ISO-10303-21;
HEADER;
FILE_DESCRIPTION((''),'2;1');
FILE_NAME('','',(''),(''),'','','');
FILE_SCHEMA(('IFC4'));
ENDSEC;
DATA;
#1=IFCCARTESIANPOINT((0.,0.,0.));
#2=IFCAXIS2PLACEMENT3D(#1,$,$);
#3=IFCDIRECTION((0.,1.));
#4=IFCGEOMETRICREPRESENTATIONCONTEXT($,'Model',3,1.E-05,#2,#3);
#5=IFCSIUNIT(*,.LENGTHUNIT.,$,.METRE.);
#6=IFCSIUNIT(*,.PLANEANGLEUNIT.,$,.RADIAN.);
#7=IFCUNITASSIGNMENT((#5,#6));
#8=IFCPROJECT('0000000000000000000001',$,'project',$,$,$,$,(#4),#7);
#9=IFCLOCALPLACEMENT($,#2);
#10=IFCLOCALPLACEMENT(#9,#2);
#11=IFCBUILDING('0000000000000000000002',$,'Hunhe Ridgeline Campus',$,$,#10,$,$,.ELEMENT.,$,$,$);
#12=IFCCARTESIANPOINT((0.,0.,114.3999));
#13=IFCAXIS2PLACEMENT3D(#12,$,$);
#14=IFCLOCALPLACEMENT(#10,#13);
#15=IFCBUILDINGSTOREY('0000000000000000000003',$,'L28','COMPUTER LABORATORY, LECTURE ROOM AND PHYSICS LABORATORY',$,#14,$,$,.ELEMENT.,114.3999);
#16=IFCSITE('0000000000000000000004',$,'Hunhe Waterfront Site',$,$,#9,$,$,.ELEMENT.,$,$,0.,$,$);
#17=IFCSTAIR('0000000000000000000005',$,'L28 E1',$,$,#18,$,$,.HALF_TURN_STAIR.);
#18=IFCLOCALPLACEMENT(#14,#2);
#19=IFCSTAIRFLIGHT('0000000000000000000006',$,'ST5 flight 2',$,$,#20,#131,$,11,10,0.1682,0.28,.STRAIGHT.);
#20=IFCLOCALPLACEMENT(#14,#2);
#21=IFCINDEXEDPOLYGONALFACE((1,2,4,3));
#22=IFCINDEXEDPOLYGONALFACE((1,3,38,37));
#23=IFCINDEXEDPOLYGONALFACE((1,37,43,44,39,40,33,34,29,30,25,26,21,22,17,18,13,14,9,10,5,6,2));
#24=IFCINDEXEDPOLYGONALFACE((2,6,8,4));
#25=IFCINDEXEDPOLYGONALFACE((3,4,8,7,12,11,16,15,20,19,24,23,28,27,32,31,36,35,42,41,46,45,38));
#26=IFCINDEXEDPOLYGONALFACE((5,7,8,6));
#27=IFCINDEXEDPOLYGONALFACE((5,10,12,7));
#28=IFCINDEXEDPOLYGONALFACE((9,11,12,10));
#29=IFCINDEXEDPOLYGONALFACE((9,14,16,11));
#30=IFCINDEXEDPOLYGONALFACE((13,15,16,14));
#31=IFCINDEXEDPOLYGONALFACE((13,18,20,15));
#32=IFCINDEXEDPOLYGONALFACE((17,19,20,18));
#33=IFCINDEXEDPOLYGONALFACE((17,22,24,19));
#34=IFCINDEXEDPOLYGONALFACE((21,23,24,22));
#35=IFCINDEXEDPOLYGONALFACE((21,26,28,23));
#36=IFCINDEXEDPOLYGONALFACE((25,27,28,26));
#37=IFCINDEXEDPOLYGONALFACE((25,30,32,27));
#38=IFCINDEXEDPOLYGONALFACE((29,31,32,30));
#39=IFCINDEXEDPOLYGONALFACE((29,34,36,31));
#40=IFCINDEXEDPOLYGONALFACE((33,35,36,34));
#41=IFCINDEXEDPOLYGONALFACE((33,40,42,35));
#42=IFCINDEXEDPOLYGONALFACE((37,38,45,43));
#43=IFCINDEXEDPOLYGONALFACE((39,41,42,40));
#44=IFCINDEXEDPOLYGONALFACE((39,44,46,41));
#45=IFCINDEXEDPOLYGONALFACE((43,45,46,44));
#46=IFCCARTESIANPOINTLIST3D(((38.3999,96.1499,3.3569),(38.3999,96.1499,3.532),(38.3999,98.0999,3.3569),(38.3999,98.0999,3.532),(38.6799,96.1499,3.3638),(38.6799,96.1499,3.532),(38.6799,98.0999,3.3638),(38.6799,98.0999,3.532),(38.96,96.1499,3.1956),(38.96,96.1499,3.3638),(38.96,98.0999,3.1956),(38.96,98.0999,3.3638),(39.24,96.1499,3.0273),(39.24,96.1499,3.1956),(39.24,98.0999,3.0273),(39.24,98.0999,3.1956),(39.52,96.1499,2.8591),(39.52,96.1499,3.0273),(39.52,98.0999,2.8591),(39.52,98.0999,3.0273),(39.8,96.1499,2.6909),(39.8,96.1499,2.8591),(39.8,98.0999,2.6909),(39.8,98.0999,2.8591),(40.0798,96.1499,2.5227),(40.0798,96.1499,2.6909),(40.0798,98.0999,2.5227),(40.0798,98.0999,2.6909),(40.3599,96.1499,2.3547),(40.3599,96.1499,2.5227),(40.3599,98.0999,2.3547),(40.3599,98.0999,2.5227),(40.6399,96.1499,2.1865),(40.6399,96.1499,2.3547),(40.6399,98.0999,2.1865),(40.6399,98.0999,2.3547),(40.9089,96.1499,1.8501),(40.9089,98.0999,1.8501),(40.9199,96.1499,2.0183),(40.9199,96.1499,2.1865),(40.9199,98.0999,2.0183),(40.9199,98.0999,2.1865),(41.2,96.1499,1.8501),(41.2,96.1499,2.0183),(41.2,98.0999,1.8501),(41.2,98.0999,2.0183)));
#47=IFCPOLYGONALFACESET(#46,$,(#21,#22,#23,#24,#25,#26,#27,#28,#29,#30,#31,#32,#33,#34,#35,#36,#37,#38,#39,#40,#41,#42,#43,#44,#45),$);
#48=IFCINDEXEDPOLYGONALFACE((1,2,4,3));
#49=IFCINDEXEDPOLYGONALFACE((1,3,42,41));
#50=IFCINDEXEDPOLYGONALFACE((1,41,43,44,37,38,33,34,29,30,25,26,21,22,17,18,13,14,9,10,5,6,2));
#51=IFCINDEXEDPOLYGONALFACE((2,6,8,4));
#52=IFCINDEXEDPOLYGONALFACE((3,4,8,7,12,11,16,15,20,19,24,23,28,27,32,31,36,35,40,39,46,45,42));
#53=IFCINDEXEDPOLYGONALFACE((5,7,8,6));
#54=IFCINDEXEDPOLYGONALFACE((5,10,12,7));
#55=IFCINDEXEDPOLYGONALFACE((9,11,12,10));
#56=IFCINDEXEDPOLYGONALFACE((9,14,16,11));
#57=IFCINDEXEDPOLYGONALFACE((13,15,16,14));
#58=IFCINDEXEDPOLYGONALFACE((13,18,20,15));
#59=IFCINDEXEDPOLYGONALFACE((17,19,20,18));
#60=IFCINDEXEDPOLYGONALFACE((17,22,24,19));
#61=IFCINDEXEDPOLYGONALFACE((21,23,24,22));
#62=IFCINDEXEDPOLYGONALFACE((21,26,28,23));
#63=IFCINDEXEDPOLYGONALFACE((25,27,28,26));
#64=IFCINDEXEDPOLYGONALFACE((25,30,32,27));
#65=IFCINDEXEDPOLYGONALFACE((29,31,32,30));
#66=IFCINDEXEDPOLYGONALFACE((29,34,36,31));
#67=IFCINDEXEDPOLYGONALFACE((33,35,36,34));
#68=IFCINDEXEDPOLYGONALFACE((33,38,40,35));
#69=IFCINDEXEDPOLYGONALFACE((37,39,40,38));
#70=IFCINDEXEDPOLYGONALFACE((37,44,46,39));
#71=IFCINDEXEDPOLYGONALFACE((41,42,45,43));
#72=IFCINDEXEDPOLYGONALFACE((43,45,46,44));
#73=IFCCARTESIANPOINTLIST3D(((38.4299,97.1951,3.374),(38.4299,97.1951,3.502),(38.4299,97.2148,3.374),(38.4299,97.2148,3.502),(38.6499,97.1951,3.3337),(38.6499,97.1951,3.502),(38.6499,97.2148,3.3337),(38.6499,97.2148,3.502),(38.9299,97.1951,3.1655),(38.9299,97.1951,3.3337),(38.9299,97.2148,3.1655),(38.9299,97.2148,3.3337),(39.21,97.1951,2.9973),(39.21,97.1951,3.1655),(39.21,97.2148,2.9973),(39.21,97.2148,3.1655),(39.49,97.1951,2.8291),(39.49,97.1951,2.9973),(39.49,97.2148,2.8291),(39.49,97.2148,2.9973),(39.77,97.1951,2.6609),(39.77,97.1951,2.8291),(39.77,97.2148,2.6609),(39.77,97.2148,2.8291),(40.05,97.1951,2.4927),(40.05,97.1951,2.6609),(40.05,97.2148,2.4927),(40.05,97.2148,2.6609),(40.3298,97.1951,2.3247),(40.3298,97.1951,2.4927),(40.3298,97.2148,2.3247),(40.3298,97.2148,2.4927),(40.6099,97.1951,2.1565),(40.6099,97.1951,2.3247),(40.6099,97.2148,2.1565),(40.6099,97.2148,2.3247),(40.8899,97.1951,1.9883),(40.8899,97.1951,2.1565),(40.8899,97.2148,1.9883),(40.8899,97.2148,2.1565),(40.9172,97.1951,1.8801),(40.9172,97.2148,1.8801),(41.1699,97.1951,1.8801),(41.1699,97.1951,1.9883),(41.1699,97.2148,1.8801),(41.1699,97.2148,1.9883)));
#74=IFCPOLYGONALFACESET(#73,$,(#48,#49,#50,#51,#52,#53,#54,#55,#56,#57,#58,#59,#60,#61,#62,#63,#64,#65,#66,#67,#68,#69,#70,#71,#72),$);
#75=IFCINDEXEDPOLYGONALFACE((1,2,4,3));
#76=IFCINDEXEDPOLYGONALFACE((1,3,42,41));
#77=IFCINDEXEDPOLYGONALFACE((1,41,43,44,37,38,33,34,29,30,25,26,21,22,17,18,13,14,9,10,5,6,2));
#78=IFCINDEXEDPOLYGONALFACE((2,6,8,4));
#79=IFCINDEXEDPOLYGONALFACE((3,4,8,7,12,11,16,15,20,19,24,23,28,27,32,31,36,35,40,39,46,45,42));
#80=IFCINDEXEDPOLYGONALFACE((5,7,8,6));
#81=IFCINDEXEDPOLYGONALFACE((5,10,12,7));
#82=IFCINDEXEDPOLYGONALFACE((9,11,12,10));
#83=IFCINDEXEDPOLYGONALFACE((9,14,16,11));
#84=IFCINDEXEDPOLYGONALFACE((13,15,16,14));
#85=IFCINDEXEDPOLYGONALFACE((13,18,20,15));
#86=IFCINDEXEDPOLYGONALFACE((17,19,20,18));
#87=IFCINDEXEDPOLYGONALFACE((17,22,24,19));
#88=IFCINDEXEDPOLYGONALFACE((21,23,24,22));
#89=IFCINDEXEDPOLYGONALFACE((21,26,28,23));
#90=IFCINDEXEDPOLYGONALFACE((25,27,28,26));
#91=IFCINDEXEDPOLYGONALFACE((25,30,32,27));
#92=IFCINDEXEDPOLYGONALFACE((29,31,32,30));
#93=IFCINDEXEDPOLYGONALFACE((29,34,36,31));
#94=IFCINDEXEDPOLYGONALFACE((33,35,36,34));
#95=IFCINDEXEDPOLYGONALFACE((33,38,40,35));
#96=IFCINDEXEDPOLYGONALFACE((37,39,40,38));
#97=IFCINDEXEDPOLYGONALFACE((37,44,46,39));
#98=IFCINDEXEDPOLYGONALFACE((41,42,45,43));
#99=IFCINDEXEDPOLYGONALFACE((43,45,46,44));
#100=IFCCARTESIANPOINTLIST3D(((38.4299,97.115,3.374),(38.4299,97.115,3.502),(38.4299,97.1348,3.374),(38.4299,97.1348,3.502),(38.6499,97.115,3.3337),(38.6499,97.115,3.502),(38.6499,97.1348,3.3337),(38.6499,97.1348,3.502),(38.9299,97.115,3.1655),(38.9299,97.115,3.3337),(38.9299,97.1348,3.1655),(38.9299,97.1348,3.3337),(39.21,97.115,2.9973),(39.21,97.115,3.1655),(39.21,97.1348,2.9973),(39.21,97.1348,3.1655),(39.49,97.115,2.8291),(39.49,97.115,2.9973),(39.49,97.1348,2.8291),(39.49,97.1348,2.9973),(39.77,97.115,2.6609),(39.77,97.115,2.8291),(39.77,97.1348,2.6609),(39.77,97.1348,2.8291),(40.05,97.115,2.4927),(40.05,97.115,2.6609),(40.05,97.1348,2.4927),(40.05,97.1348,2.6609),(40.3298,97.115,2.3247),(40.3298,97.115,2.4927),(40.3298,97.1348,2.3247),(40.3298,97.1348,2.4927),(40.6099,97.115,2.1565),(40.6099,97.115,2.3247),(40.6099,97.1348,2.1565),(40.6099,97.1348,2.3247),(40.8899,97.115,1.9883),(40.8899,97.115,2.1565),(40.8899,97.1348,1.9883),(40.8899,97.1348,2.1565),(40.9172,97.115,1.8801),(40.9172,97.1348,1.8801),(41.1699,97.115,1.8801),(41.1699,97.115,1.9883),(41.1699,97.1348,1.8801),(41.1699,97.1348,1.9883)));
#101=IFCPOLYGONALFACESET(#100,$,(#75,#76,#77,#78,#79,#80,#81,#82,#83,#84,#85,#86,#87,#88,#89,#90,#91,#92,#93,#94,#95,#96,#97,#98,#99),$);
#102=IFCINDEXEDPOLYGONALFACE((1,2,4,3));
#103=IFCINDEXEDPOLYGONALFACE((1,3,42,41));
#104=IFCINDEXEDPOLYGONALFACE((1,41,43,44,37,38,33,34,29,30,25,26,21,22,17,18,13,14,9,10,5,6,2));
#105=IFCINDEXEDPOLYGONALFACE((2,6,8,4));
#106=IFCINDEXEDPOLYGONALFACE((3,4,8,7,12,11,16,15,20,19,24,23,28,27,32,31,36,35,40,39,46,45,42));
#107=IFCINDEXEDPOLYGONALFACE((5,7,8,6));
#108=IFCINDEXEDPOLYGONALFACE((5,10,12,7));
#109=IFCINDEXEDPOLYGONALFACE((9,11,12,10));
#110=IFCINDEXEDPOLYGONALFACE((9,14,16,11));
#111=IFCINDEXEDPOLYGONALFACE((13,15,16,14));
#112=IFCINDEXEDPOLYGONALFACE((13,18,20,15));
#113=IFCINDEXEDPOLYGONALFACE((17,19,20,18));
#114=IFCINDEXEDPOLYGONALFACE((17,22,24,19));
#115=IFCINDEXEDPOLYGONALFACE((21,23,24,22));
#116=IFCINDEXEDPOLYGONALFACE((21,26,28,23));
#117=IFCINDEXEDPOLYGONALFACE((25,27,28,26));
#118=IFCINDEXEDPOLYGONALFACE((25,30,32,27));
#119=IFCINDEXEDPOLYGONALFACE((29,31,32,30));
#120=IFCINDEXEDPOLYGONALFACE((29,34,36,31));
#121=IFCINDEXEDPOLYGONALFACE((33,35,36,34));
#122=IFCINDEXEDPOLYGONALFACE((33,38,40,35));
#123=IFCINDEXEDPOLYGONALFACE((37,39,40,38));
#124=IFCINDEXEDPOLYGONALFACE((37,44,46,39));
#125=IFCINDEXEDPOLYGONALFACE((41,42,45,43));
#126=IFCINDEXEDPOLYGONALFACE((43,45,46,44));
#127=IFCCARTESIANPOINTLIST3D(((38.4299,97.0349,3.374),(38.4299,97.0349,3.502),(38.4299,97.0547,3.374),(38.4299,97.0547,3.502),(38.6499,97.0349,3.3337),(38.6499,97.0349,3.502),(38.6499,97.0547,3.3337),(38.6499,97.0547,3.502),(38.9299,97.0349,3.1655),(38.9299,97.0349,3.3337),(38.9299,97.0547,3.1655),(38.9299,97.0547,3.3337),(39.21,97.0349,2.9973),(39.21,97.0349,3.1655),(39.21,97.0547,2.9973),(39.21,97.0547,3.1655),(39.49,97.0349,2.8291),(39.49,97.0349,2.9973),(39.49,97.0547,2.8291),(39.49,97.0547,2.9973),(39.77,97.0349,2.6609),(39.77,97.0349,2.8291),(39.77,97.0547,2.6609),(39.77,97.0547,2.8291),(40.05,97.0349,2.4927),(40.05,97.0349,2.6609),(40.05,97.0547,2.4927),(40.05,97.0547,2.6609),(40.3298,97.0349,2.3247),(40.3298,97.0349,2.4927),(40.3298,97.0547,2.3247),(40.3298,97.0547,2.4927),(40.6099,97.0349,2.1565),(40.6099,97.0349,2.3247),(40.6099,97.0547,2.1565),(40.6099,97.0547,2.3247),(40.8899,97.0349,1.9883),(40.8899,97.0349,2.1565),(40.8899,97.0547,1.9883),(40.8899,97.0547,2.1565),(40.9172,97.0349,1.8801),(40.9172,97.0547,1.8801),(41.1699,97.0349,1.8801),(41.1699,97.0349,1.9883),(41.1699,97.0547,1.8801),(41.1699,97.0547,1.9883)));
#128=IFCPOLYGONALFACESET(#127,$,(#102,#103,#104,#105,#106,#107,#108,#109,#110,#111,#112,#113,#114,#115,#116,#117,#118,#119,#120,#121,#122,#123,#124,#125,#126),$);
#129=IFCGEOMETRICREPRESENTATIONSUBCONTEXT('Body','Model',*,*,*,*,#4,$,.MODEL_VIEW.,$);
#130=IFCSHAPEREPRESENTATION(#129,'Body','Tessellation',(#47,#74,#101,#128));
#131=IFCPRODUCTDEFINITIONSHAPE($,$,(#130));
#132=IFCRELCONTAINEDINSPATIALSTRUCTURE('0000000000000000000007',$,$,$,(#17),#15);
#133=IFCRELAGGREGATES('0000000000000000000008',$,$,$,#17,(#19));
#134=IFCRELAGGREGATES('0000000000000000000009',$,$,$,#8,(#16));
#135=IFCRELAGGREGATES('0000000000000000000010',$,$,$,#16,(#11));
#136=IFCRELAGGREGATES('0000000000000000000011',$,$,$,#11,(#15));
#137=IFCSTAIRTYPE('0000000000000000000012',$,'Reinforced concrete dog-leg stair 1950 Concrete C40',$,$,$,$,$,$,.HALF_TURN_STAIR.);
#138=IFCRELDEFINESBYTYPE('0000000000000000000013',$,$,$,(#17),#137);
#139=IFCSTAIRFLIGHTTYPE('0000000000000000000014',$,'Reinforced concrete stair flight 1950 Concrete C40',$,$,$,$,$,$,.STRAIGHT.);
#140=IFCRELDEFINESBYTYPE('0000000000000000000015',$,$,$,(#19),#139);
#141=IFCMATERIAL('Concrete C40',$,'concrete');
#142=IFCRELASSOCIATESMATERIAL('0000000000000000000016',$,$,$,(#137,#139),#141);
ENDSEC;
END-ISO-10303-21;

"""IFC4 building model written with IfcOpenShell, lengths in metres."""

from ifc_helpers import new_model, si_unit, direction, frame, origin, place, context, subcontext, project, spatial, polyline, outline, extrude, material, type_object, element, aggregate, save


model = new_model("IFC4")

# Units and contexts
model_context = context("Model", 3, precision=1e-05, world=origin(), true_north=direction((0.0, 1.0)))
body_context = subcontext(model_context, "Body", "Model", "MODEL_VIEW")
ifc_project = project(units=[si_unit("LENGTHUNIT", "METRE"), si_unit("PLANEANGLEUNIT", "RADIAN")], contexts=[model_context])

# Site, building, storey
site_placement = place(None, origin())
site = spatial("IfcSite", under=ifc_project, at=site_placement, Name="Hunhe Waterfront Site", CompositionType="ELEMENT", RefElevation=0.0)
building_placement = place(site_placement, origin())
building = spatial("IfcBuilding", under=site, at=building_placement, Name="Hunhe Ridgeline Campus", CompositionType="ELEMENT")
storey_placement = place(building_placement, frame((0.0, 0.0, 114.3999)))
storey = spatial("IfcBuildingStorey", under=building, at=storey_placement, Name="L28", Description="COMPUTER LABORATORY, LECTURE ROOM AND PHYSICS LABORATORY", CompositionType="ELEMENT", Elevation=114.3999)

# Shared definitions
ifc_material_1 = material(Name="Concrete C40", Category="concrete")
stair_type = type_object("IfcStairType", Name="Reinforced concrete dog-leg stair 1950 Concrete C40", PredefinedType="HALF_TURN_STAIR", material=ifc_material_1)
stair_flight_type = type_object("IfcStairFlightType", Name="Reinforced concrete stair flight 1950 Concrete C40", PredefinedType="STRAIGHT", material=ifc_material_1)

# Stair, stair flight
stair_1_placement = place(storey_placement, origin())
stair_1 = element("IfcStair", 1, at=stair_1_placement, inside=storey, type_object=stair_type, Name="L28 E1", PredefinedType="HALF_TURN_STAIR")
stair_flight_1_placement = place(storey_placement, frame((41.2, 97.125, 1.8501), z_axis=(0.0, 0.0, 1.0), x_axis=(-1.0, 0.0, 0.0)))
stair_flight_1 = element("IfcStairFlight", 2, at=stair_flight_1_placement, type_object=stair_flight_type, Name="ST5 flight 2", NumberOfRisers=11, NumberOfTreads=10, PredefinedType="STRAIGHT", RiserHeight=0.1682, TreadLength=0.28, context=body_context, shape_type="SweptSolid", body=[
    extrude(outline(polyline([(0.0, 0.0), (0.0, 0.1682), (0.28, 0.1682), (0.28, 0.3364), (0.5601, 0.3364), (0.5601, 0.5046), (0.8401, 0.5046), (0.8401, 0.6726), (1.1201, 0.6726), (1.1201, 0.8408), (1.3999, 0.8408), (1.3999, 1.009), (1.6799, 1.009), (1.6799, 1.1772), (1.96, 1.1772), (1.96, 1.3455), (2.24, 1.3455), (2.24, 1.5137), (2.52, 1.5137), (2.52, 1.6819), (2.8, 1.6819), (2.8, 1.8501), (2.8, 1.5068), (0.291, 0.0), (0.0, 0.0)])), frame((0.0, 0.9751, 0.0), z_axis=(0.0, -1.0, 0.0), x_axis=(1.0, 0.0, 0.0)), (0.0, 0.0, 1.0), 1.95),
    extrude(outline(polyline([(0.03, 0.03), (0.03, 0.1382), (0.3101, 0.1382), (0.3101, 0.3064), (0.5901, 0.3064), (0.5901, 0.4746), (0.8701, 0.4746), (0.8701, 0.6426), (1.1499, 0.6426), (1.1499, 0.8108), (1.4299, 0.8108), (1.4299, 0.979), (1.71, 0.979), (1.71, 1.1472), (1.99, 1.1472), (1.99, 1.3154), (2.27, 1.3154), (2.27, 1.4836), (2.55, 1.4836), (2.55, 1.6519), (2.77, 1.6519), (2.77, 1.5239), (0.2827, 0.03), (0.03, 0.03)])), frame((0.0, -0.0701, 0.0), z_axis=(0.0, -1.0, 0.0), x_axis=(1.0, 0.0, 0.0)), (0.0, 0.0, 1.0), 0.0198),
    extrude(outline(polyline([(0.03, 0.03), (0.03, 0.1382), (0.3101, 0.1382), (0.3101, 0.3064), (0.5901, 0.3064), (0.5901, 0.4746), (0.8701, 0.4746), (0.8701, 0.6426), (1.1499, 0.6426), (1.1499, 0.8108), (1.4299, 0.8108), (1.4299, 0.979), (1.71, 0.979), (1.71, 1.1472), (1.99, 1.1472), (1.99, 1.3154), (2.27, 1.3154), (2.27, 1.4836), (2.55, 1.4836), (2.55, 1.6519), (2.77, 1.6519), (2.77, 1.5239), (0.2827, 0.03), (0.03, 0.03)])), frame((0.0, 0.01, 0.0), z_axis=(0.0, -1.0, 0.0), x_axis=(1.0, 0.0, 0.0)), (0.0, 0.0, 1.0), 0.0198),
    extrude(outline(polyline([(0.03, 0.03), (0.03, 0.1382), (0.3101, 0.1382), (0.3101, 0.3064), (0.5901, 0.3064), (0.5901, 0.4746), (0.8701, 0.4746), (0.8701, 0.6426), (1.1499, 0.6426), (1.1499, 0.8108), (1.4299, 0.8108), (1.4299, 0.979), (1.71, 0.979), (1.71, 1.1472), (1.99, 1.1472), (1.99, 1.3154), (2.27, 1.3154), (2.27, 1.4836), (2.55, 1.4836), (2.55, 1.6519), (2.77, 1.6519), (2.77, 1.5239), (0.2827, 0.03), (0.03, 0.03)])), frame((0.0, 0.0901, 0.0), z_axis=(0.0, -1.0, 0.0), x_axis=(1.0, 0.0, 0.0)), (0.0, 0.0, 1.0), 0.0198),
])
aggregate(stair_1, [stair_flight_1])

save(model, "model.ifc")
